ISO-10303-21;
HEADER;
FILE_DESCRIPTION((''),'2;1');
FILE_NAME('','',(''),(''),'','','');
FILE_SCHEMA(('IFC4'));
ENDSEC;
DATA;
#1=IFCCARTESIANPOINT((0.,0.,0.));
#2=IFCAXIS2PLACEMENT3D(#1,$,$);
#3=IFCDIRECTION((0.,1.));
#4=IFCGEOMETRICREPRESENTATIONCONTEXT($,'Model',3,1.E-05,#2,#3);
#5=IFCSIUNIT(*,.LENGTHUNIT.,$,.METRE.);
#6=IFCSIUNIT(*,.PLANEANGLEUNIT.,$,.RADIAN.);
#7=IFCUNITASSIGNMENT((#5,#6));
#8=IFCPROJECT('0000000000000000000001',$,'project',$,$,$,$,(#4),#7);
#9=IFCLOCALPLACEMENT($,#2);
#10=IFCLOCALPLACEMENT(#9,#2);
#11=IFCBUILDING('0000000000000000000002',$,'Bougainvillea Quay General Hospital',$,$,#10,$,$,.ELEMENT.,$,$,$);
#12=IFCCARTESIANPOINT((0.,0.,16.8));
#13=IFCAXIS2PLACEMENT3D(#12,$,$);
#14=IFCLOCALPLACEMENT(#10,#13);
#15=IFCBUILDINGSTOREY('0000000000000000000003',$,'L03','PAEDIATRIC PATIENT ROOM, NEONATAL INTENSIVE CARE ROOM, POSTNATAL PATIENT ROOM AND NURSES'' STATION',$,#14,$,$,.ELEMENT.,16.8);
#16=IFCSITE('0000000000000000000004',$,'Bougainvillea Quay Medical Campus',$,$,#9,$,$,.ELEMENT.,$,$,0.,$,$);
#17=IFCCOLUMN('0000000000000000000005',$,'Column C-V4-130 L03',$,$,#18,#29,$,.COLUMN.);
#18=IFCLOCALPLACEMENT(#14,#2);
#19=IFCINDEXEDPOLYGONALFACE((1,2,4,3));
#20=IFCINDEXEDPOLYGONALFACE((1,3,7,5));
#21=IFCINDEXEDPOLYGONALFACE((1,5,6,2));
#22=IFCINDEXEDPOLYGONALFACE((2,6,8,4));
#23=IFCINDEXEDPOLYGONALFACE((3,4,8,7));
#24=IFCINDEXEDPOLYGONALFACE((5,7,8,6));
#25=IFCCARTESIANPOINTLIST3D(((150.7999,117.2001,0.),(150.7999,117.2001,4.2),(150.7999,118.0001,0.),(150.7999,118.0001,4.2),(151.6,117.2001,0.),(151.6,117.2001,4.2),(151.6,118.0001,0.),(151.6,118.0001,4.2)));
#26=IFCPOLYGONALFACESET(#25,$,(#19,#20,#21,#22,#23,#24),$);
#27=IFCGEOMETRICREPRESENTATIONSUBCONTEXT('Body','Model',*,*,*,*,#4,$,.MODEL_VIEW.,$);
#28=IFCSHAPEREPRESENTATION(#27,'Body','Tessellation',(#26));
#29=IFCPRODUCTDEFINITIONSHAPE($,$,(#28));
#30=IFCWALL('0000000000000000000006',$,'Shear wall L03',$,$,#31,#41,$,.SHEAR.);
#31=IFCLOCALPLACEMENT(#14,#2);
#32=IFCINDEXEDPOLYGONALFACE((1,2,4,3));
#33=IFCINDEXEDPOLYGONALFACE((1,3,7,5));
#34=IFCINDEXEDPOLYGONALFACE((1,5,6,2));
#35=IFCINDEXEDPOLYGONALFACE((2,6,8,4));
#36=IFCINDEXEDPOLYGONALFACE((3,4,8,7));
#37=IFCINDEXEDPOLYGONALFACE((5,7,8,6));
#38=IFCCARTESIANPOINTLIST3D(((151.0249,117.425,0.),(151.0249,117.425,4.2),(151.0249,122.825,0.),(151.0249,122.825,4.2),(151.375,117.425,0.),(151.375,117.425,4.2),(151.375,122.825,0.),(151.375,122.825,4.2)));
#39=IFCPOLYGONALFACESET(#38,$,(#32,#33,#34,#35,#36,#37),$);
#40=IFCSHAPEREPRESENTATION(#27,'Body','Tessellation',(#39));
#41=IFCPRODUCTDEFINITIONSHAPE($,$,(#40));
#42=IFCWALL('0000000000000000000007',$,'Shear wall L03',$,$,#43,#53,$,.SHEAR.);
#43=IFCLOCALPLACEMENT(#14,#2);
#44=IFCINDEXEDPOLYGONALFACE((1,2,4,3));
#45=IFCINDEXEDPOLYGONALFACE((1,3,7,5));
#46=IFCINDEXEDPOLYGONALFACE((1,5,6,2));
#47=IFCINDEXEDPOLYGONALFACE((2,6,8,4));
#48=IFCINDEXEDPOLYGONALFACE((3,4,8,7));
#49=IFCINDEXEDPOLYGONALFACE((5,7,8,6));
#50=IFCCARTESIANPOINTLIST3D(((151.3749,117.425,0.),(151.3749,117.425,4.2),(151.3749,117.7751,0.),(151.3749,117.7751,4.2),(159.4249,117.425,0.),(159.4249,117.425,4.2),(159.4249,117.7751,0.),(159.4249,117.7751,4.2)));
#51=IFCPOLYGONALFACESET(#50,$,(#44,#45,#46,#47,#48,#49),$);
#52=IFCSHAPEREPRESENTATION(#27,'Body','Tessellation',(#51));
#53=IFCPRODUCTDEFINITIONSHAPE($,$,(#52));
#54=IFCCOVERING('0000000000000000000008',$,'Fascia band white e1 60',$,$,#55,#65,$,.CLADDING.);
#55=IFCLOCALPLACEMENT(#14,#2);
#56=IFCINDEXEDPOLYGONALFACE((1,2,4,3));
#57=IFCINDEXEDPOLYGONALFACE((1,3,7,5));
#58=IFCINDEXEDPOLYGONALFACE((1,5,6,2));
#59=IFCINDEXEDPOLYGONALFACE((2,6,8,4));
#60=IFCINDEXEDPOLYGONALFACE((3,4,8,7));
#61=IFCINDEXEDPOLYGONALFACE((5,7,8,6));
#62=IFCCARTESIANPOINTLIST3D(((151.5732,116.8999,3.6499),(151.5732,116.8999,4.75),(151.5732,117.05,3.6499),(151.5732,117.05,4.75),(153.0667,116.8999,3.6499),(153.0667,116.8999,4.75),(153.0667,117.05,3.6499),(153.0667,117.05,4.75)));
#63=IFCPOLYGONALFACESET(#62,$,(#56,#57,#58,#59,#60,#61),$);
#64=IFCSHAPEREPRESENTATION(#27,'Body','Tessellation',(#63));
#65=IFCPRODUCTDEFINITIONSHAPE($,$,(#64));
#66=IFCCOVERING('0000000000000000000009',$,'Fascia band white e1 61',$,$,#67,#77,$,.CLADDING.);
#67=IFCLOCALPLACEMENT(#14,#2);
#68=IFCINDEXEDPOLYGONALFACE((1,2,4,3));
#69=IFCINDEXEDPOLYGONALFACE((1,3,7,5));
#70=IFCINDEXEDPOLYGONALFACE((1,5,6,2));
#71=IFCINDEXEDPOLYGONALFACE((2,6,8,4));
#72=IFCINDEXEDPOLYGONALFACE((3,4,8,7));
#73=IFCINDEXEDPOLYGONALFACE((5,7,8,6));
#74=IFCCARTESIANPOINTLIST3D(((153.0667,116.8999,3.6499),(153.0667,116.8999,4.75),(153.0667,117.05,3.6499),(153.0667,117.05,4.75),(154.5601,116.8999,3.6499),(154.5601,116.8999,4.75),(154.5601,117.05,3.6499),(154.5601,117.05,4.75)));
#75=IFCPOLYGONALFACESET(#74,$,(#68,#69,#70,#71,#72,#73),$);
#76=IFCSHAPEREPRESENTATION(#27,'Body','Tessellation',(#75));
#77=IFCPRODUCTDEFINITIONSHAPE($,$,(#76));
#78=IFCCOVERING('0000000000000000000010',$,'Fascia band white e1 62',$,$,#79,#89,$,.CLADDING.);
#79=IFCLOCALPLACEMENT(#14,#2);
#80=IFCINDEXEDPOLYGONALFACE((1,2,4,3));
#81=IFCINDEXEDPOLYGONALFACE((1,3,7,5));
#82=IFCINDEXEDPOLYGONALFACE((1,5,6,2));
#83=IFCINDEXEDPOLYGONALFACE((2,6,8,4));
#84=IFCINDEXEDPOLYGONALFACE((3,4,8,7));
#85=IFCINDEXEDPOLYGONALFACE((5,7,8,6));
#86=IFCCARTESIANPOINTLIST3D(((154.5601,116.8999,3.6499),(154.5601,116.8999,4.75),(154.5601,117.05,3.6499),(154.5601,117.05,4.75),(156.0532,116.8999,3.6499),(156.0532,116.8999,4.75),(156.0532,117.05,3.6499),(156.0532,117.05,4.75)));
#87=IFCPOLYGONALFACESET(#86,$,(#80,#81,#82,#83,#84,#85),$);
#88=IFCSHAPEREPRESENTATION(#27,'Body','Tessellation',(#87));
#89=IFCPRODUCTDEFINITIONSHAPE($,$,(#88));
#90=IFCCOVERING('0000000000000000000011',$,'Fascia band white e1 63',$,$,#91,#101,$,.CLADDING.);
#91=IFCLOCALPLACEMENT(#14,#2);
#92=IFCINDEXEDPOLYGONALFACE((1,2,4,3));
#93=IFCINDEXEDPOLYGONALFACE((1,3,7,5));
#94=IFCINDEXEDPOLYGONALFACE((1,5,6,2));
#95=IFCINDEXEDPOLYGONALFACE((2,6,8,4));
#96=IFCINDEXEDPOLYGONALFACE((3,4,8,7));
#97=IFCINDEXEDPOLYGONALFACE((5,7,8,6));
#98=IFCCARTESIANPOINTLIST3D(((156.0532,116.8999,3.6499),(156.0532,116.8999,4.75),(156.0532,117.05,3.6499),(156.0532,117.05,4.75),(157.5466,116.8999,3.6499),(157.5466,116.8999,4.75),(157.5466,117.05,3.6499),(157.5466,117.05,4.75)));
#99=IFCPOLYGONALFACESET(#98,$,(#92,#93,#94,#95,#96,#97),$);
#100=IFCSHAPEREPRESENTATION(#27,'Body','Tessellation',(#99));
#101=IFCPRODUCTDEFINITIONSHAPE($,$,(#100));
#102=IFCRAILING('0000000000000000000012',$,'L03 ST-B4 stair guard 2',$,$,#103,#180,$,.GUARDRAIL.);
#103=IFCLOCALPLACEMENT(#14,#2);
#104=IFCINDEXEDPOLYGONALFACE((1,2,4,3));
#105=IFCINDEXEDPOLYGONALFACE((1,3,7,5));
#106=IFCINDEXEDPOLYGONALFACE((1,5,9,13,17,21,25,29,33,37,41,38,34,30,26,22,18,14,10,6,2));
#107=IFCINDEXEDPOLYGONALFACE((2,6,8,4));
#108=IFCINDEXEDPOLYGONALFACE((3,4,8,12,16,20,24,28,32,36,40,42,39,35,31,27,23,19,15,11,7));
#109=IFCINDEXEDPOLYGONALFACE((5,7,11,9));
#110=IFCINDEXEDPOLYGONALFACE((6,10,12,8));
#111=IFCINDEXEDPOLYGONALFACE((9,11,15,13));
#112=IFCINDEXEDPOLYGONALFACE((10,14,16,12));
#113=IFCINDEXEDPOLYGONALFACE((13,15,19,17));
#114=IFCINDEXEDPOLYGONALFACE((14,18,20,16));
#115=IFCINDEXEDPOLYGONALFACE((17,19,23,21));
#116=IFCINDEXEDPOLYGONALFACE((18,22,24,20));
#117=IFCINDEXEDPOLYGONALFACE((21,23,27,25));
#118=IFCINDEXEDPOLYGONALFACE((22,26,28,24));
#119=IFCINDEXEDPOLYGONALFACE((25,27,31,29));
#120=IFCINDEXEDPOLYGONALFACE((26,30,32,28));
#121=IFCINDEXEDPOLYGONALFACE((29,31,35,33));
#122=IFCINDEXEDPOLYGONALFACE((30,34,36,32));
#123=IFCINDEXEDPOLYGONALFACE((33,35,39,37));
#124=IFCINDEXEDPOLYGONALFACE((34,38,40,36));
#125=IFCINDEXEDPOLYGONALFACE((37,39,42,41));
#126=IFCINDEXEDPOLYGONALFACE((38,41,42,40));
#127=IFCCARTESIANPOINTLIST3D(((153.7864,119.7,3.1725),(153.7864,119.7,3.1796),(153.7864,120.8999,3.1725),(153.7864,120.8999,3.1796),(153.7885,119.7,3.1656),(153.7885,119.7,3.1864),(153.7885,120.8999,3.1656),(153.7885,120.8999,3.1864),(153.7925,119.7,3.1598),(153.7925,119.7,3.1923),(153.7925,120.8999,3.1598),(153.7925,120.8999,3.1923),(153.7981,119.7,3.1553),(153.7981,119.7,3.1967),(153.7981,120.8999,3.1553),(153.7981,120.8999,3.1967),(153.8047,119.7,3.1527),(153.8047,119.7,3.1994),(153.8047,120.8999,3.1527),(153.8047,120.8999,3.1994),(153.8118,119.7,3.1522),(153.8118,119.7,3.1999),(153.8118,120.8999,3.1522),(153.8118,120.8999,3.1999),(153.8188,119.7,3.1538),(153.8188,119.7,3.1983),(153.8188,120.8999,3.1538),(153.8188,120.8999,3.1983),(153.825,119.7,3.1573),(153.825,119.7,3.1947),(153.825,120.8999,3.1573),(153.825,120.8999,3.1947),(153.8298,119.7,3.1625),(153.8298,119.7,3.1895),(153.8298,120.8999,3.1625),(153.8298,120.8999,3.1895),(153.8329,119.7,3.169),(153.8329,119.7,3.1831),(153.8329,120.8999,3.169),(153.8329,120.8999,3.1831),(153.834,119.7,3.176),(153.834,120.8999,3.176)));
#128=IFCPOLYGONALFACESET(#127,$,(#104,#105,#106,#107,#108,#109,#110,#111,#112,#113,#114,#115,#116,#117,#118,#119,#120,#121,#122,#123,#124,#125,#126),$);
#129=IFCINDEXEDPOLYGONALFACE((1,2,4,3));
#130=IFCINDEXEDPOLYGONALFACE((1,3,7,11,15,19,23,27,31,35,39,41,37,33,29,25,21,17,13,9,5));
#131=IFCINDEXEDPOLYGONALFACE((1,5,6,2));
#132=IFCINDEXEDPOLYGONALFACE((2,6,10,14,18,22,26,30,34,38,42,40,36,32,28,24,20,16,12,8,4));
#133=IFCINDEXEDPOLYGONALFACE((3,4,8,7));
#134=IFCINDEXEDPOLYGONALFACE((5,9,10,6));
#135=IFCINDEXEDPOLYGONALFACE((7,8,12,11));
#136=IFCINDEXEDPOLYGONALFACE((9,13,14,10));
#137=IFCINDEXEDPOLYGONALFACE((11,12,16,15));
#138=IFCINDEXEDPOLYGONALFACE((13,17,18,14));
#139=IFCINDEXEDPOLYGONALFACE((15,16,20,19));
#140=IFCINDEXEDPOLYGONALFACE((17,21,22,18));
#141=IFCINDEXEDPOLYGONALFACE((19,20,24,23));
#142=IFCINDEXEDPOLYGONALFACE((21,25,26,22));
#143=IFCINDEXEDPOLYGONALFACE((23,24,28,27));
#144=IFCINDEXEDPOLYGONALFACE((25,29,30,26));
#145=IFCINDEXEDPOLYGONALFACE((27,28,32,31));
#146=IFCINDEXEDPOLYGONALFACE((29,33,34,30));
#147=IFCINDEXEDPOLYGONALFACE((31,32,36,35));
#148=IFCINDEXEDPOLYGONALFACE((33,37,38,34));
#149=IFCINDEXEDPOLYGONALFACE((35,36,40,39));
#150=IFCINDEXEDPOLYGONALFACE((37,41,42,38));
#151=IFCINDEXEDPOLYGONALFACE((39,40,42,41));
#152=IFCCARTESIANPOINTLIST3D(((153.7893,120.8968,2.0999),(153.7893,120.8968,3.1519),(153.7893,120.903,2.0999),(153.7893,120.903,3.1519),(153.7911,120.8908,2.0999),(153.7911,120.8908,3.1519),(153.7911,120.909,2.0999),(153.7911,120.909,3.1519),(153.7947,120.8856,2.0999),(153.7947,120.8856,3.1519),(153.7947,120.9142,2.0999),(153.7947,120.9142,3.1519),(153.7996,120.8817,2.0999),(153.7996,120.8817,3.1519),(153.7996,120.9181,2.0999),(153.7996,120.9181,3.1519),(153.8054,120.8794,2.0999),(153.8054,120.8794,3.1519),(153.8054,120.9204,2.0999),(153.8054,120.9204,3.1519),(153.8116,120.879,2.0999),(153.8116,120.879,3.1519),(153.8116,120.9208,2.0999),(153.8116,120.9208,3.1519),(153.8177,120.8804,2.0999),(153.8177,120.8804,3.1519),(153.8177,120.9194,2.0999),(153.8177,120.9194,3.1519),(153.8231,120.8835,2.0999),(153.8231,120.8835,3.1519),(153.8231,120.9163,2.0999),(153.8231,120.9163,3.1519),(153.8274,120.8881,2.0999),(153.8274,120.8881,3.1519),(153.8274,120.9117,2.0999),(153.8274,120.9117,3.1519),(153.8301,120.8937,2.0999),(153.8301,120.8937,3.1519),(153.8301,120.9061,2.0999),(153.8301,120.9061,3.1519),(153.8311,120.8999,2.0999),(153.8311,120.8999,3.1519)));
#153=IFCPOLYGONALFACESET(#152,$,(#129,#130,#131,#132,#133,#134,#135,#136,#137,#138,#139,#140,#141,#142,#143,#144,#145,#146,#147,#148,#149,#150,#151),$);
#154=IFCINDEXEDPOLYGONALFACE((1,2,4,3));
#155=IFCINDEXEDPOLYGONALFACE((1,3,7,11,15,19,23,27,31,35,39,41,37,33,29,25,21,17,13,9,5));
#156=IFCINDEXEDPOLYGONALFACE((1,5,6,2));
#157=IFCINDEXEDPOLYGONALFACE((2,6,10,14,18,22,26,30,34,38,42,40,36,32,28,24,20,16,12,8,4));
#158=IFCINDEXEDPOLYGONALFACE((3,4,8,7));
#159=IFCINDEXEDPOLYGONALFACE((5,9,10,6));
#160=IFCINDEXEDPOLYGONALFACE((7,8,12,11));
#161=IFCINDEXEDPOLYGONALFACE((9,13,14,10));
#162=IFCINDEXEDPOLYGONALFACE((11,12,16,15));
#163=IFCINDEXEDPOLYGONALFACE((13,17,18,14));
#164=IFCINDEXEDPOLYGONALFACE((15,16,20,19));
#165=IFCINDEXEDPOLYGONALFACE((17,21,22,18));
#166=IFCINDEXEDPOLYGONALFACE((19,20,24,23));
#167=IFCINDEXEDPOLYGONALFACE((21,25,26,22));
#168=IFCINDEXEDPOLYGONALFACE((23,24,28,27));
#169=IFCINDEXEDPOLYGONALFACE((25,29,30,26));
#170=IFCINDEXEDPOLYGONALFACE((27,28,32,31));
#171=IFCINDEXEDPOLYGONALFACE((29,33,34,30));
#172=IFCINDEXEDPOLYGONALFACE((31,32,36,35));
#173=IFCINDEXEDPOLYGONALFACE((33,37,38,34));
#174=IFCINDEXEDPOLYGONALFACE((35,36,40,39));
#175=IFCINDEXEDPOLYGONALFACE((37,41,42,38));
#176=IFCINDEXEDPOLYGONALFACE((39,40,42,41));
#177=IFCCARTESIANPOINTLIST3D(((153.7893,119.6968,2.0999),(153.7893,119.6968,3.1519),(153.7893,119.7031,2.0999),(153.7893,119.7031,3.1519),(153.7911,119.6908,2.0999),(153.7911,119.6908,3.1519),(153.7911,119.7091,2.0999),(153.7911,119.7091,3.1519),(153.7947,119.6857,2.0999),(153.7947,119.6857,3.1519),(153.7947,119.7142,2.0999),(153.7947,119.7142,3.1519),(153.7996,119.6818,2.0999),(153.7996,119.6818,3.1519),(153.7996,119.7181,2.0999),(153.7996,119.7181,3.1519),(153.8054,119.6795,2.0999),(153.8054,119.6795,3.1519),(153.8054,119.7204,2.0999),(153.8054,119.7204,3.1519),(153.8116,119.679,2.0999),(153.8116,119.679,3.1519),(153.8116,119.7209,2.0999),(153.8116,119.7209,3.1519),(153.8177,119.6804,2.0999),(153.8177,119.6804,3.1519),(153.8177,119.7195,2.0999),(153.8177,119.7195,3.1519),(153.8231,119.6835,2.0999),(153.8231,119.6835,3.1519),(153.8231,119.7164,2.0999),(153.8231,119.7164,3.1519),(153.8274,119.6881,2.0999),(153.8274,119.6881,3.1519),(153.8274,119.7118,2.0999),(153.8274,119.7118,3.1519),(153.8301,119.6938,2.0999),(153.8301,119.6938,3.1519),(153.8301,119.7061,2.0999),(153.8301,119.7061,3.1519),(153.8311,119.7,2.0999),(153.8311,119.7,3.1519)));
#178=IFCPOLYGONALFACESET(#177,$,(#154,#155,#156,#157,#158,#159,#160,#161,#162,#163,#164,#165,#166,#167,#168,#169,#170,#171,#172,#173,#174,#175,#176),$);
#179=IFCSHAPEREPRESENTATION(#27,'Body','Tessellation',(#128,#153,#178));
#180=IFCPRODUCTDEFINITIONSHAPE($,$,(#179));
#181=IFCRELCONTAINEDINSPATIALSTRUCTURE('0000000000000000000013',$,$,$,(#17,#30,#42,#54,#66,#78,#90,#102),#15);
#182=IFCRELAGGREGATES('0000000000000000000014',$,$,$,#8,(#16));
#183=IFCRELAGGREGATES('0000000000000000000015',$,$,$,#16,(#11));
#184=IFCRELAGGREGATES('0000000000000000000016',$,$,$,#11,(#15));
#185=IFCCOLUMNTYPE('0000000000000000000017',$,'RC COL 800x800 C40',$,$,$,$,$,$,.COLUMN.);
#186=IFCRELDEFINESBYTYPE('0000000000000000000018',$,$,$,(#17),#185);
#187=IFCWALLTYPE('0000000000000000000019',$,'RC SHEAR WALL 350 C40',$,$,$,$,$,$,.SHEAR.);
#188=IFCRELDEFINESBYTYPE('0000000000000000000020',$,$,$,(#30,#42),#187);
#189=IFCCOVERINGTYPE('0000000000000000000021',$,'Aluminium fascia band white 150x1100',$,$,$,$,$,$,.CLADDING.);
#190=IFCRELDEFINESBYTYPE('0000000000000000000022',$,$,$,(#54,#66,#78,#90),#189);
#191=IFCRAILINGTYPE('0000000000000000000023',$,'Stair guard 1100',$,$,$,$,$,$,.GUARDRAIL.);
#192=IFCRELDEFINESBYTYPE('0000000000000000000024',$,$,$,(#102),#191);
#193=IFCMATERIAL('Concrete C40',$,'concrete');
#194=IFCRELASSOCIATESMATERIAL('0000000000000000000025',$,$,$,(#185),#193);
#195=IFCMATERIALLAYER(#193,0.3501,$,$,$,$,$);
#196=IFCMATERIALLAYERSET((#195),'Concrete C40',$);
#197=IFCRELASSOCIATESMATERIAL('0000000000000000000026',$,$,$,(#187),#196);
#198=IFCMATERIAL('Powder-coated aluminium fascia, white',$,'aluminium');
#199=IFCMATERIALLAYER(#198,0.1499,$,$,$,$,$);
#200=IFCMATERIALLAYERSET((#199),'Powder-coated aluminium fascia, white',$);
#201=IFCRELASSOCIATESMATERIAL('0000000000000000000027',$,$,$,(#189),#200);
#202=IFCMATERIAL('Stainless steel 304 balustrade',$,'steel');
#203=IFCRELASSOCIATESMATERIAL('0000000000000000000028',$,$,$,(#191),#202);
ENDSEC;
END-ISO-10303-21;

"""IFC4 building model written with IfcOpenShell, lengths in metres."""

from ifc_helpers import new_model, si_unit, direction, frame, frame_2d, origin, origin_2d, place, context, subcontext, project, spatial, polyline, rectangle, circle, outline, extrude, material, layer, layer_set, material_profile, profile_set, type_object, element, save


model = new_model("IFC4")

# Units and contexts
model_context = context("Model", 3, precision=1e-05, world=origin(), true_north=direction((0.0, 1.0)))
body_context = subcontext(model_context, "Body", "Model", "MODEL_VIEW")
ifc_project = project(units=[si_unit("LENGTHUNIT", "METRE"), si_unit("PLANEANGLEUNIT", "RADIAN")], contexts=[model_context])

# Site, building, storey
site_placement = place(None, origin())
site = spatial("IfcSite", under=ifc_project, at=site_placement, Name="Bougainvillea Quay Medical Campus", CompositionType="ELEMENT", RefElevation=0.0)
building_placement = place(site_placement, origin())
building = spatial("IfcBuilding", under=site, at=building_placement, Name="Bougainvillea Quay General Hospital", CompositionType="ELEMENT")
storey_placement = place(building_placement, frame((0.0, 0.0, 16.8)))
storey = spatial("IfcBuildingStorey", under=building, at=storey_placement, Name="L03", Description="PAEDIATRIC PATIENT ROOM, NEONATAL INTENSIVE CARE ROOM, POSTNATAL PATIENT ROOM AND NURSES' STATION", CompositionType="ELEMENT", Elevation=16.8)

# Column
ifc_material_1 = material(Name="Concrete C40", Category="concrete")
ifc_material_profile_1 = material_profile(ifc_material_1, rectangle(XDim=0.8, YDim=0.8, at=origin_2d()))
ifc_profile_set_1 = profile_set([ifc_material_profile_1], Name="Concrete C40")
column_type = type_object("IfcColumnType", Name="RC COL 800x800 C40", PredefinedType="COLUMN", material=ifc_profile_set_1)
column_placement = place(storey_placement, frame((151.2, 117.6001, 0.0), z_axis=(0.0, 0.0, 1.0), x_axis=(1.0, 0.0, 0.0)))
element("IfcColumn", 1, at=column_placement, inside=storey, type_object=column_type, Name="Column C-V4-130 L03", PredefinedType="COLUMN", context=body_context, shape_type="SweptSolid", body=[
    extrude(rectangle(XDim=0.8, YDim=0.8, at=origin_2d()), origin(), (0.0, 0.0, 1.0), 4.2),
])

# Walls
ifc_layer_1 = layer(ifc_material_1, 0.3501)
ifc_layer_set_1 = layer_set([ifc_layer_1], Name="Concrete C40")
wall_type = type_object("IfcWallType", Name="RC SHEAR WALL 350 C40", PredefinedType="SHEAR", material=ifc_layer_set_1)
wall_1_placement = place(storey_placement, frame((151.2, 117.425, 0.0), z_axis=(0.0, 0.0, 1.0), x_axis=(0.0, 1.0, 0.0)))
element("IfcWall", 2, at=wall_1_placement, inside=storey, type_object=wall_type, Name="Shear wall L03", PredefinedType="SHEAR", context=body_context, shape_type="SweptSolid", body=[
    extrude(rectangle(XDim=5.3999, YDim=0.3501, at=frame_2d((2.7, 0.0))), origin(), (0.0, 0.0, 1.0), 4.2),
])
wall_2_placement = place(storey_placement, frame((151.375, 117.6001, 0.0), z_axis=(0.0, 0.0, 1.0), x_axis=(1.0, 0.0, 0.0)))
element("IfcWall", 3, at=wall_2_placement, inside=storey, type_object=wall_type, Name="Shear wall L03", PredefinedType="SHEAR", context=body_context, shape_type="SweptSolid", body=[
    extrude(rectangle(XDim=8.05, YDim=0.3501, at=frame_2d((4.0249, 0.0))), origin(), (0.0, 0.0, 1.0), 4.2),
])

# Coverings
ifc_material_2 = material(Name="Powder-coated aluminium fascia, white", Category="aluminium")
ifc_layer_2 = layer(ifc_material_2, 0.1499)
ifc_layer_set_2 = layer_set([ifc_layer_2], Name="Powder-coated aluminium fascia, white")
covering_type = type_object("IfcCoveringType", Name="Aluminium fascia band white 150x1100", PredefinedType="CLADDING", material=ifc_layer_set_2)
for number, where, z_axis, x_axis, name in (
    (4, (151.5732, 117.05, 3.6499), (0.0, 0.0, 1.0), (1.0, 0.0, 0.0), "Fascia band white e1 60"),
    (5, (153.0667, 117.05, 3.6499), (0.0, 0.0, 1.0), (1.0, 0.0, 0.0), "Fascia band white e1 61"),
):
    element("IfcCovering", number, at=place(storey_placement, frame(where, z_axis=z_axis, x_axis=x_axis)), inside=storey, type_object=covering_type, Name=name, PredefinedType="CLADDING", context=body_context, shape_type="SweptSolid", body=[
        extrude(outline(polyline([(0.0, 0.0), (1.4934, 0.0), (1.4934, -0.1501), (0.0, -0.1501), (0.0, 0.0)])), origin(), (0.0, 0.0, 1.0), 1.1001),
    ])
covering_1_placement = place(storey_placement, frame((154.5601, 117.05, 3.6499), z_axis=(0.0, 0.0, 1.0), x_axis=(1.0, 0.0, 0.0)))
element("IfcCovering", 6, at=covering_1_placement, inside=storey, type_object=covering_type, Name="Fascia band white e1 62", PredefinedType="CLADDING", context=body_context, shape_type="SweptSolid", body=[
    extrude(outline(polyline([(0.0, 0.0), (1.4932, 0.0), (1.4932, -0.1501), (0.0, -0.1501), (0.0, 0.0)])), origin(), (0.0, 0.0, 1.0), 1.1001),
])
covering_2_placement = place(storey_placement, frame((156.0532, 117.05, 3.6499), z_axis=(0.0, 0.0, 1.0), x_axis=(1.0, 0.0, 0.0)))
element("IfcCovering", 7, at=covering_2_placement, inside=storey, type_object=covering_type, Name="Fascia band white e1 63", PredefinedType="CLADDING", context=body_context, shape_type="SweptSolid", body=[
    extrude(outline(polyline([(0.0, 0.0), (1.4934, 0.0), (1.4934, -0.1501), (0.0, -0.1501), (0.0, 0.0)])), origin(), (0.0, 0.0, 1.0), 1.1001),
])

# Railing
ifc_material_3 = material(Name="Stainless steel 304 balustrade", Category="steel")
railing_type_1 = type_object("IfcRailingType", Name="Stair guard 1100", PredefinedType="GUARDRAIL", material=ifc_material_3)
railing_1_placement = place(storey_placement, frame((153.8101, 120.8999, 2.0999)))
element("IfcRailing", 8, at=railing_1_placement, inside=storey, type_object=railing_type_1, Name="L03 ST-B4 stair guard 2", PredefinedType="GUARDRAIL", context=body_context, shape_type="SweptSolid", body=[
    extrude(circle(Radius=0.0239, at=origin_2d()), frame((0.0, 0.0, 1.0762), z_axis=(0.0, -1.0, 0.0), x_axis=(1.0, 0.0, 0.0)), (0.0, 0.0, 1.0), 1.2),
    extrude(circle(Radius=0.021, at=origin_2d()), origin(), (0.0, 0.0, 1.0), 1.052),
    extrude(circle(Radius=0.021, at=origin_2d()), frame((0.0, -1.2, 0.0)), (0.0, 0.0, 1.0), 1.052),
])

save(model, "model.ifc")
